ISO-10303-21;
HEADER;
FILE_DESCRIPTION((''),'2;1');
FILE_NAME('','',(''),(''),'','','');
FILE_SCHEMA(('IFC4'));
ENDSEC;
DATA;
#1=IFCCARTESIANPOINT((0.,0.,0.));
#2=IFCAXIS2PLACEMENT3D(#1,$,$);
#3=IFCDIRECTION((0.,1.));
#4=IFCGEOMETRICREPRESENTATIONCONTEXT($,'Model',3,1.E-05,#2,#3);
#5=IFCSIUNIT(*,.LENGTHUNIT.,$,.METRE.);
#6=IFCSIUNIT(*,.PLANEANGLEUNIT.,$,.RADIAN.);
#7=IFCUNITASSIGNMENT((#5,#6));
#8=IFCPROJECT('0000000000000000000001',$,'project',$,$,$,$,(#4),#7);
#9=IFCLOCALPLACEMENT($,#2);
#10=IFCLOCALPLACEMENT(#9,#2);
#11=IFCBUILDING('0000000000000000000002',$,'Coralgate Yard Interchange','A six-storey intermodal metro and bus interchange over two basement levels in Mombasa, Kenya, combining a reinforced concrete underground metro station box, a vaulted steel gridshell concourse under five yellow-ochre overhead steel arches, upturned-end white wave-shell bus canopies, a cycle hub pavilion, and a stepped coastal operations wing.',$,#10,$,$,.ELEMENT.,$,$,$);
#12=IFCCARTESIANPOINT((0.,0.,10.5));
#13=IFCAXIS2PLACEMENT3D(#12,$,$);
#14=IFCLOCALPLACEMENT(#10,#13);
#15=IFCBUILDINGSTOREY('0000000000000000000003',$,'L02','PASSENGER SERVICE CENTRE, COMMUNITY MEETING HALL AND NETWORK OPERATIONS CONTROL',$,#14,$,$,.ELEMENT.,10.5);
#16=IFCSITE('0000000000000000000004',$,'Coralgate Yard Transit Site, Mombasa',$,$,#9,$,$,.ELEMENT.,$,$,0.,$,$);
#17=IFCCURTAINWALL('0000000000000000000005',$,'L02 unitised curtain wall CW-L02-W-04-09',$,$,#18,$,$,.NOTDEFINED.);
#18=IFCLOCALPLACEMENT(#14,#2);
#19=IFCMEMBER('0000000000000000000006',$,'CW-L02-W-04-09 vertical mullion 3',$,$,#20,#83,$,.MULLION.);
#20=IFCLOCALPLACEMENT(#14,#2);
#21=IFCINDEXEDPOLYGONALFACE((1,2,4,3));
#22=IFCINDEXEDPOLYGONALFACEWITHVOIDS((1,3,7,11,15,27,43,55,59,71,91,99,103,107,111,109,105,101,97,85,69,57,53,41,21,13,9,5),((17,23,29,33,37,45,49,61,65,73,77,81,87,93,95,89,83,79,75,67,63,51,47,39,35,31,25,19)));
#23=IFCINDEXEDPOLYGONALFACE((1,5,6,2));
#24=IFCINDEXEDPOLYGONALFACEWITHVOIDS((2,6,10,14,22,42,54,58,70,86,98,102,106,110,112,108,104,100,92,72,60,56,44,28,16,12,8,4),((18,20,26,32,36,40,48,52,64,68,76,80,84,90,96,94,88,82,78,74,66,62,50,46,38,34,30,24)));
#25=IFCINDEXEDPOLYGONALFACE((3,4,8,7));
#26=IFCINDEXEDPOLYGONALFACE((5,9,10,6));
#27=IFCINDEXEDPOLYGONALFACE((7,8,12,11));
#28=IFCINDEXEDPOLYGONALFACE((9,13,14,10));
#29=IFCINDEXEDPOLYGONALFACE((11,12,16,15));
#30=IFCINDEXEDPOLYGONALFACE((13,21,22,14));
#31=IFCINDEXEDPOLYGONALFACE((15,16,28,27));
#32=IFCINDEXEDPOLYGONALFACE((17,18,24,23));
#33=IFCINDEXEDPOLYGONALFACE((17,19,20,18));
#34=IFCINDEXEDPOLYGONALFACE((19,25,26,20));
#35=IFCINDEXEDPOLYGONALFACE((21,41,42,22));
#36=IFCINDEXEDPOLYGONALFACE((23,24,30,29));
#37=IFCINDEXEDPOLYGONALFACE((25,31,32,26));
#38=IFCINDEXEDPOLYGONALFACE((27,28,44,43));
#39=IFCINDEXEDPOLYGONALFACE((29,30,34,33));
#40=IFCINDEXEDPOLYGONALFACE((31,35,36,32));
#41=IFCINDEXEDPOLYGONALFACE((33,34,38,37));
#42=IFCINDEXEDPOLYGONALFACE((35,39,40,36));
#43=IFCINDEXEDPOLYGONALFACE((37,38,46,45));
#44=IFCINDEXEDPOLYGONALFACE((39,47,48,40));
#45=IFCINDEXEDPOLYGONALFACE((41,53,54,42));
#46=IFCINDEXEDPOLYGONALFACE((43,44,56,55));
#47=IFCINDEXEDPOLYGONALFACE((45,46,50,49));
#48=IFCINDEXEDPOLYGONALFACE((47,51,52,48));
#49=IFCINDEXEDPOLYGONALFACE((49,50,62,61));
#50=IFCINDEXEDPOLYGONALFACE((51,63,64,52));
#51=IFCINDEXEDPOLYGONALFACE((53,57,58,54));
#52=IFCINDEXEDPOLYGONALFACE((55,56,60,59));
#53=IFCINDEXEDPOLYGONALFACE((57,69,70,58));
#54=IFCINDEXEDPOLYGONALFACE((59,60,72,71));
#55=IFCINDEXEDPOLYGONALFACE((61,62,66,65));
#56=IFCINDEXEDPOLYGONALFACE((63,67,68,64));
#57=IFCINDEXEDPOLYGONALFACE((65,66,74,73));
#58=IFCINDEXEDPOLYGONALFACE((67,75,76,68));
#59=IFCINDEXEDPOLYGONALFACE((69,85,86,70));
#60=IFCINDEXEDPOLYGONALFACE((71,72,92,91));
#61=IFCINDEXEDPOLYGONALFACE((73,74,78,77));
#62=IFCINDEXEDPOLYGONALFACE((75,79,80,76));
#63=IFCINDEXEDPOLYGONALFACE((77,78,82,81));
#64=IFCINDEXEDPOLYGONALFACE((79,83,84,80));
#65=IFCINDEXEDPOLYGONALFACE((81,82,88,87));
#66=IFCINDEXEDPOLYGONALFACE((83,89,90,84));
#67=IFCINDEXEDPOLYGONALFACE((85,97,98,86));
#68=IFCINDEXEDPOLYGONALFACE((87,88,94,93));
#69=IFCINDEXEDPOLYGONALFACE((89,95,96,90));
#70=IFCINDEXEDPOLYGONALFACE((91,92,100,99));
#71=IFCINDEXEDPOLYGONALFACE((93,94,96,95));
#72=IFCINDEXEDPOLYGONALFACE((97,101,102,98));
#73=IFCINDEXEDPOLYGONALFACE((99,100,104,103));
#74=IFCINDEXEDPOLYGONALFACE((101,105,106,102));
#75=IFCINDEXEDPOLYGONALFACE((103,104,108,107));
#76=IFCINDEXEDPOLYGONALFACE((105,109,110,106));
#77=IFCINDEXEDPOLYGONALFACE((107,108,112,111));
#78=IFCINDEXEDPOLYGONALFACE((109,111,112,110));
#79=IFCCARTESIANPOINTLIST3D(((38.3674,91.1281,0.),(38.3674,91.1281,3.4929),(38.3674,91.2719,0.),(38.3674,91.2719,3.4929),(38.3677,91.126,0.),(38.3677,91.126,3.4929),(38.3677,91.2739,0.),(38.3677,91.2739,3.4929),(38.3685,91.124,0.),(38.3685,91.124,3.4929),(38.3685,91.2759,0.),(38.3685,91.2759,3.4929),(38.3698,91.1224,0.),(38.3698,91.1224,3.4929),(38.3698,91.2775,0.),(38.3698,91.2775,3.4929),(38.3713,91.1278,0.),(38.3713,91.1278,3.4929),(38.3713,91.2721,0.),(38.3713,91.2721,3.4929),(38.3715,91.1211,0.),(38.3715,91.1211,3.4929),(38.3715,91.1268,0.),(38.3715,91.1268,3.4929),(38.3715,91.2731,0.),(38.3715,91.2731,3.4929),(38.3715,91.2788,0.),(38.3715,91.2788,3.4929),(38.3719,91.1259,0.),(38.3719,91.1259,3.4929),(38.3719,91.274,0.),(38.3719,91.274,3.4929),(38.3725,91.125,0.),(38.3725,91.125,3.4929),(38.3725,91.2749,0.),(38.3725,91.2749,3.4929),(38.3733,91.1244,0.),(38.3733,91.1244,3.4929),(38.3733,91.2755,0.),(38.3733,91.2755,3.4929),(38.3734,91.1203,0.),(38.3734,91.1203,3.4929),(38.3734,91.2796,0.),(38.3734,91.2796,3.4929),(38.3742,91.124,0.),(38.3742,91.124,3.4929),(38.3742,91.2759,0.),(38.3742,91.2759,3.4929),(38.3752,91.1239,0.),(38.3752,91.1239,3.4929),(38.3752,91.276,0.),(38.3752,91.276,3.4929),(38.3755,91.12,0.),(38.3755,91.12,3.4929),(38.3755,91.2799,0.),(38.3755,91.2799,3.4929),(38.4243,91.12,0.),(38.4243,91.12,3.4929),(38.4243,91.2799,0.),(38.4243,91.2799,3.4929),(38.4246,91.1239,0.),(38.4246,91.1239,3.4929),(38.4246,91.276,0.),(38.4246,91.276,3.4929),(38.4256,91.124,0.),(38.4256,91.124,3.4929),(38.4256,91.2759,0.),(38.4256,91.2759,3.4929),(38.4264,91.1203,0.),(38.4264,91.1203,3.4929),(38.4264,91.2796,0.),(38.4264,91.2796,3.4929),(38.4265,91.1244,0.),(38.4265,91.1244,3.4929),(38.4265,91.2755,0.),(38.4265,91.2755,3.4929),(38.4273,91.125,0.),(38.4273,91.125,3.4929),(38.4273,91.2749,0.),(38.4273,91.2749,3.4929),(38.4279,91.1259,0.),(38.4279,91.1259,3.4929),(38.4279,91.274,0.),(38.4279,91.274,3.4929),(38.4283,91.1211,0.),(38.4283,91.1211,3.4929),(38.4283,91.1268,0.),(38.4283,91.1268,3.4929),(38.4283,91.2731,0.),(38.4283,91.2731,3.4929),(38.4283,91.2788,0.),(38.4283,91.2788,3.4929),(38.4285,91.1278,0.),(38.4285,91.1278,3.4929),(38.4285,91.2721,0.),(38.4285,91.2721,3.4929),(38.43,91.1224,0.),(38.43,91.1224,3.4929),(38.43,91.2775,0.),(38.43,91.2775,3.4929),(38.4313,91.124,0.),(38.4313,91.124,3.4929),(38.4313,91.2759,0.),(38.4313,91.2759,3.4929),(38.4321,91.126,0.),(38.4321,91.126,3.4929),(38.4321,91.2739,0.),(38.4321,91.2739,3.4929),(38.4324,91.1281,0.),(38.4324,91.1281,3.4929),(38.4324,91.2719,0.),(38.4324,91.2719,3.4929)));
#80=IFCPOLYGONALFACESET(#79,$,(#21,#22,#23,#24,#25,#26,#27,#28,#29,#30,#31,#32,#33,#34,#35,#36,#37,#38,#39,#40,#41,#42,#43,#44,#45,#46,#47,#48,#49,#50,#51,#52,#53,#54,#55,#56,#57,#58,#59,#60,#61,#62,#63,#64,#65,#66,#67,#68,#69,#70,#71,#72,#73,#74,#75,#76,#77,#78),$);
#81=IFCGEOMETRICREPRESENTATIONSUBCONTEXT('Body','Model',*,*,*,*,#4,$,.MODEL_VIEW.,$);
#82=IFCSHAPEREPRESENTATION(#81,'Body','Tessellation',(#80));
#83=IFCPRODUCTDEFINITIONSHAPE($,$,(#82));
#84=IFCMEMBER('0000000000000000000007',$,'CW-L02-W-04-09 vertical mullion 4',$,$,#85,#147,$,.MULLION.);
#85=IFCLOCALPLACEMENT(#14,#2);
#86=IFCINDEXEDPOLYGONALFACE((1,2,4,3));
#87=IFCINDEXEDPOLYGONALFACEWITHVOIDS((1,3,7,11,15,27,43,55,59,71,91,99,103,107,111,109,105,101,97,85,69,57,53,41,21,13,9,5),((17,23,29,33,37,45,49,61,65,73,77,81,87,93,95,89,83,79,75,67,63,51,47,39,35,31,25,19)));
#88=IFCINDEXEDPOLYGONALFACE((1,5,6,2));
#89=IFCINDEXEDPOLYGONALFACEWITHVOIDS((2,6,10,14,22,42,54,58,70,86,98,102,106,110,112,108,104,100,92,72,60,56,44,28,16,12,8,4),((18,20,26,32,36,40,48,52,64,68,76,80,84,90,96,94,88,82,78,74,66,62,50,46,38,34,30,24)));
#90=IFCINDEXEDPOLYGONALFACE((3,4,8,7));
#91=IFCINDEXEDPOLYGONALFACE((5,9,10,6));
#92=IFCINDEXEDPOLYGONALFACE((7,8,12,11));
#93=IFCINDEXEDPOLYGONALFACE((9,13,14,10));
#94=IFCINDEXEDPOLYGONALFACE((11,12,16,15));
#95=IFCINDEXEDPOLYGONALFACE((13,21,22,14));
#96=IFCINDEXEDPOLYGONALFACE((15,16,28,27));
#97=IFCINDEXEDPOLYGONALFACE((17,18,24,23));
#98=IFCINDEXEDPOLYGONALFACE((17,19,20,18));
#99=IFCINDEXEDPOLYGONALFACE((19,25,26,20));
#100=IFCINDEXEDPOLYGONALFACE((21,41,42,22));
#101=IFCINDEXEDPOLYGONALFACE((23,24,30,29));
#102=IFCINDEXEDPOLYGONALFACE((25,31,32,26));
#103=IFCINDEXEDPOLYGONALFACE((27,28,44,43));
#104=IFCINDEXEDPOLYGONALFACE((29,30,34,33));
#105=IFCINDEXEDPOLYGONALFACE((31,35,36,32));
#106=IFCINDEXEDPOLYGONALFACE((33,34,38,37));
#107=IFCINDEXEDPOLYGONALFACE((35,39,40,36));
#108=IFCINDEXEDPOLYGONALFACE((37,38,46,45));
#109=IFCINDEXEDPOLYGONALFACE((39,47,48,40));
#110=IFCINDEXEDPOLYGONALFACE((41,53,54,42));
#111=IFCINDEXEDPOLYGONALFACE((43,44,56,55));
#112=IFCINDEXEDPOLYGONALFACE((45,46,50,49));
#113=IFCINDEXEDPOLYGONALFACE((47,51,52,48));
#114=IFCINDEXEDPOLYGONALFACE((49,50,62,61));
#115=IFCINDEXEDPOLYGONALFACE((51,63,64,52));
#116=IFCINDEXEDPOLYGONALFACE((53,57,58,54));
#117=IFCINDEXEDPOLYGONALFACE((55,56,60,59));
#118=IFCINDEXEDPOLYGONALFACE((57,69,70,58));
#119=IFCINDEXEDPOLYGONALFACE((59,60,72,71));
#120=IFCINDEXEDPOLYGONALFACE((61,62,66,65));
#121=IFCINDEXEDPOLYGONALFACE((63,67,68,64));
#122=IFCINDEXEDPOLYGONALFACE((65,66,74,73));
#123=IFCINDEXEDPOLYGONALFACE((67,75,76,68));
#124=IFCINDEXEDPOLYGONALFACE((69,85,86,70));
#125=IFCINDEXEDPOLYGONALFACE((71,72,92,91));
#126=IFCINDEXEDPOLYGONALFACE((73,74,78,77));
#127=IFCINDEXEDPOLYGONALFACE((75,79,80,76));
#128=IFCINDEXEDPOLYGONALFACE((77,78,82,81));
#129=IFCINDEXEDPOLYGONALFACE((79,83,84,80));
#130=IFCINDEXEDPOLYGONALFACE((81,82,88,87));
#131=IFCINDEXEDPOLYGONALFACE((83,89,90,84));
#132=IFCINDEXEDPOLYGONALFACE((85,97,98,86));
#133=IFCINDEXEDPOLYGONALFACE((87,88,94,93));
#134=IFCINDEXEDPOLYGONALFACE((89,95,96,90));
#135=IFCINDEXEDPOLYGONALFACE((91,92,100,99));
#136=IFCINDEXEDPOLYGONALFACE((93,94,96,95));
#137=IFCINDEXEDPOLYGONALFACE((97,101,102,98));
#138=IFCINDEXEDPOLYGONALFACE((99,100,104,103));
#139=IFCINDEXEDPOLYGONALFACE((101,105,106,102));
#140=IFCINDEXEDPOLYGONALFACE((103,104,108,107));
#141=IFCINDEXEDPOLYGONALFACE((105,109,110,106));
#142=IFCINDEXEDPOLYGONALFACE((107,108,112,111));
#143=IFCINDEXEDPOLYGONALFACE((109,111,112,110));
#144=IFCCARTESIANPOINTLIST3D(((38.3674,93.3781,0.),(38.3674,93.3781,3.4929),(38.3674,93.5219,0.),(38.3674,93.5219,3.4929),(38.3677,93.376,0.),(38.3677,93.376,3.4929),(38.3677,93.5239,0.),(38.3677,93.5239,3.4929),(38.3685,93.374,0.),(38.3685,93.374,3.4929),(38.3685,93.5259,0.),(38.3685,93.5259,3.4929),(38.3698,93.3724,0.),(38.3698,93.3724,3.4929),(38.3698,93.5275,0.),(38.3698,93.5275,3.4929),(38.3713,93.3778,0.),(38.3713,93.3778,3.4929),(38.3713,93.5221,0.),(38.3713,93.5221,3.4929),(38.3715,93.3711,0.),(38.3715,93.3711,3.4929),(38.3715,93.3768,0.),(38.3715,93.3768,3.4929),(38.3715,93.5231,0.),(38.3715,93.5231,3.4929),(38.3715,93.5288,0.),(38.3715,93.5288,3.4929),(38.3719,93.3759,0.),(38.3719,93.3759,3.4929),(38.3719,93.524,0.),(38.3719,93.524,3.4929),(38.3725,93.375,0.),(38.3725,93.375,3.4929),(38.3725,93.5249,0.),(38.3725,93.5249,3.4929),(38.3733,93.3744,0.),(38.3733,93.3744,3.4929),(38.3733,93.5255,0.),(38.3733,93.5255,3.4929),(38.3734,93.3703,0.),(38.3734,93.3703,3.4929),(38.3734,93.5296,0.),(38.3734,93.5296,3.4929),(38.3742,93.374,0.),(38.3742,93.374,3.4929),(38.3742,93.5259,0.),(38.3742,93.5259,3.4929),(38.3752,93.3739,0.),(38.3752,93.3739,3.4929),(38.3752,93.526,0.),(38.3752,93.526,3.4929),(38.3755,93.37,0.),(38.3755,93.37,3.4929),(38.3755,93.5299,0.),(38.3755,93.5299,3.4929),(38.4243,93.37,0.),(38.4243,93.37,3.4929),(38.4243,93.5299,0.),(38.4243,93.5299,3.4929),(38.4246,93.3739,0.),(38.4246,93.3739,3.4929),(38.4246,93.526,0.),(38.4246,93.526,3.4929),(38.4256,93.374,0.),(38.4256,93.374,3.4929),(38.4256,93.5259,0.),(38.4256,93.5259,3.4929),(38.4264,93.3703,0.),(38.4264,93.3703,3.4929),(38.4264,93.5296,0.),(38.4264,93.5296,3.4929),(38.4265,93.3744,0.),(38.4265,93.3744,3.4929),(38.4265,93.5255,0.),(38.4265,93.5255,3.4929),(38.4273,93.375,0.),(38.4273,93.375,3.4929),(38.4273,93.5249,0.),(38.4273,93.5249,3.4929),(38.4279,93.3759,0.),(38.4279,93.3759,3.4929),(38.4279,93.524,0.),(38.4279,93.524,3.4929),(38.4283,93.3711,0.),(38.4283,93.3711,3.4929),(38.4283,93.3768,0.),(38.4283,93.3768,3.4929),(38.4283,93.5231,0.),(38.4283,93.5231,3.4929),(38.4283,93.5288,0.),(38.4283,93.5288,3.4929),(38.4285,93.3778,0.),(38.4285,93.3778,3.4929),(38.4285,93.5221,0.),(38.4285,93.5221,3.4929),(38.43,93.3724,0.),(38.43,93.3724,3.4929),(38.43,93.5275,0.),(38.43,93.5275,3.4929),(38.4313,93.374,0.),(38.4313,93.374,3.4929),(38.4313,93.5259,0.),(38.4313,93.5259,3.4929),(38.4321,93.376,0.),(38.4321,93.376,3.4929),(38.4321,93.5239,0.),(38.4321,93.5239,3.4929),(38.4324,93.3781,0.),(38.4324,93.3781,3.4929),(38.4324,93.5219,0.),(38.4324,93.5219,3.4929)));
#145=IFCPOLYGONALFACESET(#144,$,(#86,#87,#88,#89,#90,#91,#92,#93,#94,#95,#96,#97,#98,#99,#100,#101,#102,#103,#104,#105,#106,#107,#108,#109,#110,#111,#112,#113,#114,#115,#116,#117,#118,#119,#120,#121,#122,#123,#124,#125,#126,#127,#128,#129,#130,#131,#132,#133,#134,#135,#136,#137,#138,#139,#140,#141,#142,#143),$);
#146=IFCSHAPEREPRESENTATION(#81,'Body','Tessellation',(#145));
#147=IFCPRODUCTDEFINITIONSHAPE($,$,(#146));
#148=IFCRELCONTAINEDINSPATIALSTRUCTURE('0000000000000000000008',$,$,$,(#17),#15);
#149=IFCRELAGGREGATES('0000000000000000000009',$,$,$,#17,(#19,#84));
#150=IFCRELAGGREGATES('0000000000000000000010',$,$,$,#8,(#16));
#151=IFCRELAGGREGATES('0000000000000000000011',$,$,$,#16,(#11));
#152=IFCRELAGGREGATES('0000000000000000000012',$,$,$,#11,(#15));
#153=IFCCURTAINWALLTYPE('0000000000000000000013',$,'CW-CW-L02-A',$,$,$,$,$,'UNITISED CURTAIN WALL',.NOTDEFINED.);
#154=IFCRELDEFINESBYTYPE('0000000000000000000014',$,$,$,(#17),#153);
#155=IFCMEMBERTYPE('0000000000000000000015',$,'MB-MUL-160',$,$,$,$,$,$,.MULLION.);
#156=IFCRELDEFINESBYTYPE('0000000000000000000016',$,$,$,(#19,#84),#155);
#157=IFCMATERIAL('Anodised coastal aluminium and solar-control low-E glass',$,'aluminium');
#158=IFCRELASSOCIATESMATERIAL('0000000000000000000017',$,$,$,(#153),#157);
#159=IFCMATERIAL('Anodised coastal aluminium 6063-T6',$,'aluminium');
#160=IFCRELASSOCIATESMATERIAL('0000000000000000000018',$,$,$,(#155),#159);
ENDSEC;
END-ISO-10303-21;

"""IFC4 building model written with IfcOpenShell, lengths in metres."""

from ifc_helpers import new_model, si_unit, direction, frame, origin, origin_2d, place, context, subcontext, project, spatial, hollow_rectangle, extrude, material, material_profile, profile_set, type_object, element, aggregate, save


model = new_model("IFC4")

# Units and contexts
model_context = context("Model", 3, precision=1e-05, world=origin(), true_north=direction((0.0, 1.0)))
body_context = subcontext(model_context, "Body", "Model", "MODEL_VIEW")
ifc_project = project(units=[si_unit("LENGTHUNIT", "METRE"), si_unit("PLANEANGLEUNIT", "RADIAN")], contexts=[model_context])

# Site, building, storey
site_placement = place(None, origin())
site = spatial("IfcSite", under=ifc_project, at=site_placement, Name="Coralgate Yard Transit Site, Mombasa", CompositionType="ELEMENT", RefElevation=0.0)
building_placement = place(site_placement, origin())
building = spatial("IfcBuilding", under=site, at=building_placement, Name="Coralgate Yard Interchange", Description="A six-storey intermodal metro and bus interchange over two basement levels in Mombasa, Kenya, combining a reinforced concrete underground metro station box, a vaulted steel gridshell concourse under five yellow-ochre overhead steel arches, upturned-end white wave-shell bus canopies, a cycle hub pavilion, and a stepped coastal operations wing.", CompositionType="ELEMENT")
storey_placement = place(building_placement, frame((0.0, 0.0, 10.5)))
storey = spatial("IfcBuildingStorey", under=building, at=storey_placement, Name="L02", Description="PASSENGER SERVICE CENTRE, COMMUNITY MEETING HALL AND NETWORK OPERATIONS CONTROL", CompositionType="ELEMENT", Elevation=10.5)

# Curtain wall, members
ifc_material_1 = material(Name="Anodised coastal aluminium and solar-control low-E glass", Category="aluminium")
curtain_wall_type = type_object("IfcCurtainWallType", Name="CW-CW-L02-A", ElementType="UNITISED CURTAIN WALL", PredefinedType="NOTDEFINED", material=ifc_material_1)
curtain_wall_1_placement = place(storey_placement, origin())
curtain_wall_1 = element("IfcCurtainWall", 1, at=curtain_wall_1_placement, inside=storey, type_object=curtain_wall_type, Name="L02 unitised curtain wall CW-L02-W-04-09", PredefinedType="NOTDEFINED")
ifc_material_2 = material(Name="Anodised coastal aluminium 6063-T6", Category="aluminium")
ifc_material_profile_1 = material_profile(ifc_material_2, hollow_rectangle(XDim=0.0649, YDim=0.1599, WallThickness=0.0039, InnerFilletRadius=0.0039, OuterFilletRadius=0.0081, at=origin_2d()), Name="ALU 65x160x4")
ifc_profile_set_1 = profile_set([ifc_material_profile_1], Name="Anodised coastal aluminium 6063-T6")
member_type_1 = type_object("IfcMemberType", Name="MB-MUL-160", PredefinedType="MULLION", material=ifc_profile_set_1)
member_1_placement = place(storey_placement, frame((38.3999, 91.2, 0.0), z_axis=(0.0, 0.0, 1.0), x_axis=(1.0, 0.0, 0.0)))
member_1 = element("IfcMember", 2, at=member_1_placement, type_object=member_type_1, Name="CW-L02-W-04-09 vertical mullion 3", PredefinedType="MULLION", context=body_context, shape_type="SweptSolid", body=[
    extrude(hollow_rectangle(XDim=0.0649, YDim=0.1599, WallThickness=0.0039, InnerFilletRadius=0.0039, OuterFilletRadius=0.0081, at=origin_2d()), origin(), (0.0, 0.0, 1.0), 3.4929),
])
member_2_placement = place(storey_placement, frame((38.3999, 93.45, 0.0), z_axis=(0.0, 0.0, 1.0), x_axis=(1.0, 0.0, 0.0)))
member_2 = element("IfcMember", 3, at=member_2_placement, type_object=member_type_1, Name="CW-L02-W-04-09 vertical mullion 4", PredefinedType="MULLION", context=body_context, shape_type="SweptSolid", body=[
    extrude(hollow_rectangle(XDim=0.0649, YDim=0.1599, WallThickness=0.0039, InnerFilletRadius=0.0039, OuterFilletRadius=0.0081, at=origin_2d()), origin(), (0.0, 0.0, 1.0), 3.4929),
])

aggregate(curtain_wall_1, [member_1, member_2])

save(model, "model.ifc")
